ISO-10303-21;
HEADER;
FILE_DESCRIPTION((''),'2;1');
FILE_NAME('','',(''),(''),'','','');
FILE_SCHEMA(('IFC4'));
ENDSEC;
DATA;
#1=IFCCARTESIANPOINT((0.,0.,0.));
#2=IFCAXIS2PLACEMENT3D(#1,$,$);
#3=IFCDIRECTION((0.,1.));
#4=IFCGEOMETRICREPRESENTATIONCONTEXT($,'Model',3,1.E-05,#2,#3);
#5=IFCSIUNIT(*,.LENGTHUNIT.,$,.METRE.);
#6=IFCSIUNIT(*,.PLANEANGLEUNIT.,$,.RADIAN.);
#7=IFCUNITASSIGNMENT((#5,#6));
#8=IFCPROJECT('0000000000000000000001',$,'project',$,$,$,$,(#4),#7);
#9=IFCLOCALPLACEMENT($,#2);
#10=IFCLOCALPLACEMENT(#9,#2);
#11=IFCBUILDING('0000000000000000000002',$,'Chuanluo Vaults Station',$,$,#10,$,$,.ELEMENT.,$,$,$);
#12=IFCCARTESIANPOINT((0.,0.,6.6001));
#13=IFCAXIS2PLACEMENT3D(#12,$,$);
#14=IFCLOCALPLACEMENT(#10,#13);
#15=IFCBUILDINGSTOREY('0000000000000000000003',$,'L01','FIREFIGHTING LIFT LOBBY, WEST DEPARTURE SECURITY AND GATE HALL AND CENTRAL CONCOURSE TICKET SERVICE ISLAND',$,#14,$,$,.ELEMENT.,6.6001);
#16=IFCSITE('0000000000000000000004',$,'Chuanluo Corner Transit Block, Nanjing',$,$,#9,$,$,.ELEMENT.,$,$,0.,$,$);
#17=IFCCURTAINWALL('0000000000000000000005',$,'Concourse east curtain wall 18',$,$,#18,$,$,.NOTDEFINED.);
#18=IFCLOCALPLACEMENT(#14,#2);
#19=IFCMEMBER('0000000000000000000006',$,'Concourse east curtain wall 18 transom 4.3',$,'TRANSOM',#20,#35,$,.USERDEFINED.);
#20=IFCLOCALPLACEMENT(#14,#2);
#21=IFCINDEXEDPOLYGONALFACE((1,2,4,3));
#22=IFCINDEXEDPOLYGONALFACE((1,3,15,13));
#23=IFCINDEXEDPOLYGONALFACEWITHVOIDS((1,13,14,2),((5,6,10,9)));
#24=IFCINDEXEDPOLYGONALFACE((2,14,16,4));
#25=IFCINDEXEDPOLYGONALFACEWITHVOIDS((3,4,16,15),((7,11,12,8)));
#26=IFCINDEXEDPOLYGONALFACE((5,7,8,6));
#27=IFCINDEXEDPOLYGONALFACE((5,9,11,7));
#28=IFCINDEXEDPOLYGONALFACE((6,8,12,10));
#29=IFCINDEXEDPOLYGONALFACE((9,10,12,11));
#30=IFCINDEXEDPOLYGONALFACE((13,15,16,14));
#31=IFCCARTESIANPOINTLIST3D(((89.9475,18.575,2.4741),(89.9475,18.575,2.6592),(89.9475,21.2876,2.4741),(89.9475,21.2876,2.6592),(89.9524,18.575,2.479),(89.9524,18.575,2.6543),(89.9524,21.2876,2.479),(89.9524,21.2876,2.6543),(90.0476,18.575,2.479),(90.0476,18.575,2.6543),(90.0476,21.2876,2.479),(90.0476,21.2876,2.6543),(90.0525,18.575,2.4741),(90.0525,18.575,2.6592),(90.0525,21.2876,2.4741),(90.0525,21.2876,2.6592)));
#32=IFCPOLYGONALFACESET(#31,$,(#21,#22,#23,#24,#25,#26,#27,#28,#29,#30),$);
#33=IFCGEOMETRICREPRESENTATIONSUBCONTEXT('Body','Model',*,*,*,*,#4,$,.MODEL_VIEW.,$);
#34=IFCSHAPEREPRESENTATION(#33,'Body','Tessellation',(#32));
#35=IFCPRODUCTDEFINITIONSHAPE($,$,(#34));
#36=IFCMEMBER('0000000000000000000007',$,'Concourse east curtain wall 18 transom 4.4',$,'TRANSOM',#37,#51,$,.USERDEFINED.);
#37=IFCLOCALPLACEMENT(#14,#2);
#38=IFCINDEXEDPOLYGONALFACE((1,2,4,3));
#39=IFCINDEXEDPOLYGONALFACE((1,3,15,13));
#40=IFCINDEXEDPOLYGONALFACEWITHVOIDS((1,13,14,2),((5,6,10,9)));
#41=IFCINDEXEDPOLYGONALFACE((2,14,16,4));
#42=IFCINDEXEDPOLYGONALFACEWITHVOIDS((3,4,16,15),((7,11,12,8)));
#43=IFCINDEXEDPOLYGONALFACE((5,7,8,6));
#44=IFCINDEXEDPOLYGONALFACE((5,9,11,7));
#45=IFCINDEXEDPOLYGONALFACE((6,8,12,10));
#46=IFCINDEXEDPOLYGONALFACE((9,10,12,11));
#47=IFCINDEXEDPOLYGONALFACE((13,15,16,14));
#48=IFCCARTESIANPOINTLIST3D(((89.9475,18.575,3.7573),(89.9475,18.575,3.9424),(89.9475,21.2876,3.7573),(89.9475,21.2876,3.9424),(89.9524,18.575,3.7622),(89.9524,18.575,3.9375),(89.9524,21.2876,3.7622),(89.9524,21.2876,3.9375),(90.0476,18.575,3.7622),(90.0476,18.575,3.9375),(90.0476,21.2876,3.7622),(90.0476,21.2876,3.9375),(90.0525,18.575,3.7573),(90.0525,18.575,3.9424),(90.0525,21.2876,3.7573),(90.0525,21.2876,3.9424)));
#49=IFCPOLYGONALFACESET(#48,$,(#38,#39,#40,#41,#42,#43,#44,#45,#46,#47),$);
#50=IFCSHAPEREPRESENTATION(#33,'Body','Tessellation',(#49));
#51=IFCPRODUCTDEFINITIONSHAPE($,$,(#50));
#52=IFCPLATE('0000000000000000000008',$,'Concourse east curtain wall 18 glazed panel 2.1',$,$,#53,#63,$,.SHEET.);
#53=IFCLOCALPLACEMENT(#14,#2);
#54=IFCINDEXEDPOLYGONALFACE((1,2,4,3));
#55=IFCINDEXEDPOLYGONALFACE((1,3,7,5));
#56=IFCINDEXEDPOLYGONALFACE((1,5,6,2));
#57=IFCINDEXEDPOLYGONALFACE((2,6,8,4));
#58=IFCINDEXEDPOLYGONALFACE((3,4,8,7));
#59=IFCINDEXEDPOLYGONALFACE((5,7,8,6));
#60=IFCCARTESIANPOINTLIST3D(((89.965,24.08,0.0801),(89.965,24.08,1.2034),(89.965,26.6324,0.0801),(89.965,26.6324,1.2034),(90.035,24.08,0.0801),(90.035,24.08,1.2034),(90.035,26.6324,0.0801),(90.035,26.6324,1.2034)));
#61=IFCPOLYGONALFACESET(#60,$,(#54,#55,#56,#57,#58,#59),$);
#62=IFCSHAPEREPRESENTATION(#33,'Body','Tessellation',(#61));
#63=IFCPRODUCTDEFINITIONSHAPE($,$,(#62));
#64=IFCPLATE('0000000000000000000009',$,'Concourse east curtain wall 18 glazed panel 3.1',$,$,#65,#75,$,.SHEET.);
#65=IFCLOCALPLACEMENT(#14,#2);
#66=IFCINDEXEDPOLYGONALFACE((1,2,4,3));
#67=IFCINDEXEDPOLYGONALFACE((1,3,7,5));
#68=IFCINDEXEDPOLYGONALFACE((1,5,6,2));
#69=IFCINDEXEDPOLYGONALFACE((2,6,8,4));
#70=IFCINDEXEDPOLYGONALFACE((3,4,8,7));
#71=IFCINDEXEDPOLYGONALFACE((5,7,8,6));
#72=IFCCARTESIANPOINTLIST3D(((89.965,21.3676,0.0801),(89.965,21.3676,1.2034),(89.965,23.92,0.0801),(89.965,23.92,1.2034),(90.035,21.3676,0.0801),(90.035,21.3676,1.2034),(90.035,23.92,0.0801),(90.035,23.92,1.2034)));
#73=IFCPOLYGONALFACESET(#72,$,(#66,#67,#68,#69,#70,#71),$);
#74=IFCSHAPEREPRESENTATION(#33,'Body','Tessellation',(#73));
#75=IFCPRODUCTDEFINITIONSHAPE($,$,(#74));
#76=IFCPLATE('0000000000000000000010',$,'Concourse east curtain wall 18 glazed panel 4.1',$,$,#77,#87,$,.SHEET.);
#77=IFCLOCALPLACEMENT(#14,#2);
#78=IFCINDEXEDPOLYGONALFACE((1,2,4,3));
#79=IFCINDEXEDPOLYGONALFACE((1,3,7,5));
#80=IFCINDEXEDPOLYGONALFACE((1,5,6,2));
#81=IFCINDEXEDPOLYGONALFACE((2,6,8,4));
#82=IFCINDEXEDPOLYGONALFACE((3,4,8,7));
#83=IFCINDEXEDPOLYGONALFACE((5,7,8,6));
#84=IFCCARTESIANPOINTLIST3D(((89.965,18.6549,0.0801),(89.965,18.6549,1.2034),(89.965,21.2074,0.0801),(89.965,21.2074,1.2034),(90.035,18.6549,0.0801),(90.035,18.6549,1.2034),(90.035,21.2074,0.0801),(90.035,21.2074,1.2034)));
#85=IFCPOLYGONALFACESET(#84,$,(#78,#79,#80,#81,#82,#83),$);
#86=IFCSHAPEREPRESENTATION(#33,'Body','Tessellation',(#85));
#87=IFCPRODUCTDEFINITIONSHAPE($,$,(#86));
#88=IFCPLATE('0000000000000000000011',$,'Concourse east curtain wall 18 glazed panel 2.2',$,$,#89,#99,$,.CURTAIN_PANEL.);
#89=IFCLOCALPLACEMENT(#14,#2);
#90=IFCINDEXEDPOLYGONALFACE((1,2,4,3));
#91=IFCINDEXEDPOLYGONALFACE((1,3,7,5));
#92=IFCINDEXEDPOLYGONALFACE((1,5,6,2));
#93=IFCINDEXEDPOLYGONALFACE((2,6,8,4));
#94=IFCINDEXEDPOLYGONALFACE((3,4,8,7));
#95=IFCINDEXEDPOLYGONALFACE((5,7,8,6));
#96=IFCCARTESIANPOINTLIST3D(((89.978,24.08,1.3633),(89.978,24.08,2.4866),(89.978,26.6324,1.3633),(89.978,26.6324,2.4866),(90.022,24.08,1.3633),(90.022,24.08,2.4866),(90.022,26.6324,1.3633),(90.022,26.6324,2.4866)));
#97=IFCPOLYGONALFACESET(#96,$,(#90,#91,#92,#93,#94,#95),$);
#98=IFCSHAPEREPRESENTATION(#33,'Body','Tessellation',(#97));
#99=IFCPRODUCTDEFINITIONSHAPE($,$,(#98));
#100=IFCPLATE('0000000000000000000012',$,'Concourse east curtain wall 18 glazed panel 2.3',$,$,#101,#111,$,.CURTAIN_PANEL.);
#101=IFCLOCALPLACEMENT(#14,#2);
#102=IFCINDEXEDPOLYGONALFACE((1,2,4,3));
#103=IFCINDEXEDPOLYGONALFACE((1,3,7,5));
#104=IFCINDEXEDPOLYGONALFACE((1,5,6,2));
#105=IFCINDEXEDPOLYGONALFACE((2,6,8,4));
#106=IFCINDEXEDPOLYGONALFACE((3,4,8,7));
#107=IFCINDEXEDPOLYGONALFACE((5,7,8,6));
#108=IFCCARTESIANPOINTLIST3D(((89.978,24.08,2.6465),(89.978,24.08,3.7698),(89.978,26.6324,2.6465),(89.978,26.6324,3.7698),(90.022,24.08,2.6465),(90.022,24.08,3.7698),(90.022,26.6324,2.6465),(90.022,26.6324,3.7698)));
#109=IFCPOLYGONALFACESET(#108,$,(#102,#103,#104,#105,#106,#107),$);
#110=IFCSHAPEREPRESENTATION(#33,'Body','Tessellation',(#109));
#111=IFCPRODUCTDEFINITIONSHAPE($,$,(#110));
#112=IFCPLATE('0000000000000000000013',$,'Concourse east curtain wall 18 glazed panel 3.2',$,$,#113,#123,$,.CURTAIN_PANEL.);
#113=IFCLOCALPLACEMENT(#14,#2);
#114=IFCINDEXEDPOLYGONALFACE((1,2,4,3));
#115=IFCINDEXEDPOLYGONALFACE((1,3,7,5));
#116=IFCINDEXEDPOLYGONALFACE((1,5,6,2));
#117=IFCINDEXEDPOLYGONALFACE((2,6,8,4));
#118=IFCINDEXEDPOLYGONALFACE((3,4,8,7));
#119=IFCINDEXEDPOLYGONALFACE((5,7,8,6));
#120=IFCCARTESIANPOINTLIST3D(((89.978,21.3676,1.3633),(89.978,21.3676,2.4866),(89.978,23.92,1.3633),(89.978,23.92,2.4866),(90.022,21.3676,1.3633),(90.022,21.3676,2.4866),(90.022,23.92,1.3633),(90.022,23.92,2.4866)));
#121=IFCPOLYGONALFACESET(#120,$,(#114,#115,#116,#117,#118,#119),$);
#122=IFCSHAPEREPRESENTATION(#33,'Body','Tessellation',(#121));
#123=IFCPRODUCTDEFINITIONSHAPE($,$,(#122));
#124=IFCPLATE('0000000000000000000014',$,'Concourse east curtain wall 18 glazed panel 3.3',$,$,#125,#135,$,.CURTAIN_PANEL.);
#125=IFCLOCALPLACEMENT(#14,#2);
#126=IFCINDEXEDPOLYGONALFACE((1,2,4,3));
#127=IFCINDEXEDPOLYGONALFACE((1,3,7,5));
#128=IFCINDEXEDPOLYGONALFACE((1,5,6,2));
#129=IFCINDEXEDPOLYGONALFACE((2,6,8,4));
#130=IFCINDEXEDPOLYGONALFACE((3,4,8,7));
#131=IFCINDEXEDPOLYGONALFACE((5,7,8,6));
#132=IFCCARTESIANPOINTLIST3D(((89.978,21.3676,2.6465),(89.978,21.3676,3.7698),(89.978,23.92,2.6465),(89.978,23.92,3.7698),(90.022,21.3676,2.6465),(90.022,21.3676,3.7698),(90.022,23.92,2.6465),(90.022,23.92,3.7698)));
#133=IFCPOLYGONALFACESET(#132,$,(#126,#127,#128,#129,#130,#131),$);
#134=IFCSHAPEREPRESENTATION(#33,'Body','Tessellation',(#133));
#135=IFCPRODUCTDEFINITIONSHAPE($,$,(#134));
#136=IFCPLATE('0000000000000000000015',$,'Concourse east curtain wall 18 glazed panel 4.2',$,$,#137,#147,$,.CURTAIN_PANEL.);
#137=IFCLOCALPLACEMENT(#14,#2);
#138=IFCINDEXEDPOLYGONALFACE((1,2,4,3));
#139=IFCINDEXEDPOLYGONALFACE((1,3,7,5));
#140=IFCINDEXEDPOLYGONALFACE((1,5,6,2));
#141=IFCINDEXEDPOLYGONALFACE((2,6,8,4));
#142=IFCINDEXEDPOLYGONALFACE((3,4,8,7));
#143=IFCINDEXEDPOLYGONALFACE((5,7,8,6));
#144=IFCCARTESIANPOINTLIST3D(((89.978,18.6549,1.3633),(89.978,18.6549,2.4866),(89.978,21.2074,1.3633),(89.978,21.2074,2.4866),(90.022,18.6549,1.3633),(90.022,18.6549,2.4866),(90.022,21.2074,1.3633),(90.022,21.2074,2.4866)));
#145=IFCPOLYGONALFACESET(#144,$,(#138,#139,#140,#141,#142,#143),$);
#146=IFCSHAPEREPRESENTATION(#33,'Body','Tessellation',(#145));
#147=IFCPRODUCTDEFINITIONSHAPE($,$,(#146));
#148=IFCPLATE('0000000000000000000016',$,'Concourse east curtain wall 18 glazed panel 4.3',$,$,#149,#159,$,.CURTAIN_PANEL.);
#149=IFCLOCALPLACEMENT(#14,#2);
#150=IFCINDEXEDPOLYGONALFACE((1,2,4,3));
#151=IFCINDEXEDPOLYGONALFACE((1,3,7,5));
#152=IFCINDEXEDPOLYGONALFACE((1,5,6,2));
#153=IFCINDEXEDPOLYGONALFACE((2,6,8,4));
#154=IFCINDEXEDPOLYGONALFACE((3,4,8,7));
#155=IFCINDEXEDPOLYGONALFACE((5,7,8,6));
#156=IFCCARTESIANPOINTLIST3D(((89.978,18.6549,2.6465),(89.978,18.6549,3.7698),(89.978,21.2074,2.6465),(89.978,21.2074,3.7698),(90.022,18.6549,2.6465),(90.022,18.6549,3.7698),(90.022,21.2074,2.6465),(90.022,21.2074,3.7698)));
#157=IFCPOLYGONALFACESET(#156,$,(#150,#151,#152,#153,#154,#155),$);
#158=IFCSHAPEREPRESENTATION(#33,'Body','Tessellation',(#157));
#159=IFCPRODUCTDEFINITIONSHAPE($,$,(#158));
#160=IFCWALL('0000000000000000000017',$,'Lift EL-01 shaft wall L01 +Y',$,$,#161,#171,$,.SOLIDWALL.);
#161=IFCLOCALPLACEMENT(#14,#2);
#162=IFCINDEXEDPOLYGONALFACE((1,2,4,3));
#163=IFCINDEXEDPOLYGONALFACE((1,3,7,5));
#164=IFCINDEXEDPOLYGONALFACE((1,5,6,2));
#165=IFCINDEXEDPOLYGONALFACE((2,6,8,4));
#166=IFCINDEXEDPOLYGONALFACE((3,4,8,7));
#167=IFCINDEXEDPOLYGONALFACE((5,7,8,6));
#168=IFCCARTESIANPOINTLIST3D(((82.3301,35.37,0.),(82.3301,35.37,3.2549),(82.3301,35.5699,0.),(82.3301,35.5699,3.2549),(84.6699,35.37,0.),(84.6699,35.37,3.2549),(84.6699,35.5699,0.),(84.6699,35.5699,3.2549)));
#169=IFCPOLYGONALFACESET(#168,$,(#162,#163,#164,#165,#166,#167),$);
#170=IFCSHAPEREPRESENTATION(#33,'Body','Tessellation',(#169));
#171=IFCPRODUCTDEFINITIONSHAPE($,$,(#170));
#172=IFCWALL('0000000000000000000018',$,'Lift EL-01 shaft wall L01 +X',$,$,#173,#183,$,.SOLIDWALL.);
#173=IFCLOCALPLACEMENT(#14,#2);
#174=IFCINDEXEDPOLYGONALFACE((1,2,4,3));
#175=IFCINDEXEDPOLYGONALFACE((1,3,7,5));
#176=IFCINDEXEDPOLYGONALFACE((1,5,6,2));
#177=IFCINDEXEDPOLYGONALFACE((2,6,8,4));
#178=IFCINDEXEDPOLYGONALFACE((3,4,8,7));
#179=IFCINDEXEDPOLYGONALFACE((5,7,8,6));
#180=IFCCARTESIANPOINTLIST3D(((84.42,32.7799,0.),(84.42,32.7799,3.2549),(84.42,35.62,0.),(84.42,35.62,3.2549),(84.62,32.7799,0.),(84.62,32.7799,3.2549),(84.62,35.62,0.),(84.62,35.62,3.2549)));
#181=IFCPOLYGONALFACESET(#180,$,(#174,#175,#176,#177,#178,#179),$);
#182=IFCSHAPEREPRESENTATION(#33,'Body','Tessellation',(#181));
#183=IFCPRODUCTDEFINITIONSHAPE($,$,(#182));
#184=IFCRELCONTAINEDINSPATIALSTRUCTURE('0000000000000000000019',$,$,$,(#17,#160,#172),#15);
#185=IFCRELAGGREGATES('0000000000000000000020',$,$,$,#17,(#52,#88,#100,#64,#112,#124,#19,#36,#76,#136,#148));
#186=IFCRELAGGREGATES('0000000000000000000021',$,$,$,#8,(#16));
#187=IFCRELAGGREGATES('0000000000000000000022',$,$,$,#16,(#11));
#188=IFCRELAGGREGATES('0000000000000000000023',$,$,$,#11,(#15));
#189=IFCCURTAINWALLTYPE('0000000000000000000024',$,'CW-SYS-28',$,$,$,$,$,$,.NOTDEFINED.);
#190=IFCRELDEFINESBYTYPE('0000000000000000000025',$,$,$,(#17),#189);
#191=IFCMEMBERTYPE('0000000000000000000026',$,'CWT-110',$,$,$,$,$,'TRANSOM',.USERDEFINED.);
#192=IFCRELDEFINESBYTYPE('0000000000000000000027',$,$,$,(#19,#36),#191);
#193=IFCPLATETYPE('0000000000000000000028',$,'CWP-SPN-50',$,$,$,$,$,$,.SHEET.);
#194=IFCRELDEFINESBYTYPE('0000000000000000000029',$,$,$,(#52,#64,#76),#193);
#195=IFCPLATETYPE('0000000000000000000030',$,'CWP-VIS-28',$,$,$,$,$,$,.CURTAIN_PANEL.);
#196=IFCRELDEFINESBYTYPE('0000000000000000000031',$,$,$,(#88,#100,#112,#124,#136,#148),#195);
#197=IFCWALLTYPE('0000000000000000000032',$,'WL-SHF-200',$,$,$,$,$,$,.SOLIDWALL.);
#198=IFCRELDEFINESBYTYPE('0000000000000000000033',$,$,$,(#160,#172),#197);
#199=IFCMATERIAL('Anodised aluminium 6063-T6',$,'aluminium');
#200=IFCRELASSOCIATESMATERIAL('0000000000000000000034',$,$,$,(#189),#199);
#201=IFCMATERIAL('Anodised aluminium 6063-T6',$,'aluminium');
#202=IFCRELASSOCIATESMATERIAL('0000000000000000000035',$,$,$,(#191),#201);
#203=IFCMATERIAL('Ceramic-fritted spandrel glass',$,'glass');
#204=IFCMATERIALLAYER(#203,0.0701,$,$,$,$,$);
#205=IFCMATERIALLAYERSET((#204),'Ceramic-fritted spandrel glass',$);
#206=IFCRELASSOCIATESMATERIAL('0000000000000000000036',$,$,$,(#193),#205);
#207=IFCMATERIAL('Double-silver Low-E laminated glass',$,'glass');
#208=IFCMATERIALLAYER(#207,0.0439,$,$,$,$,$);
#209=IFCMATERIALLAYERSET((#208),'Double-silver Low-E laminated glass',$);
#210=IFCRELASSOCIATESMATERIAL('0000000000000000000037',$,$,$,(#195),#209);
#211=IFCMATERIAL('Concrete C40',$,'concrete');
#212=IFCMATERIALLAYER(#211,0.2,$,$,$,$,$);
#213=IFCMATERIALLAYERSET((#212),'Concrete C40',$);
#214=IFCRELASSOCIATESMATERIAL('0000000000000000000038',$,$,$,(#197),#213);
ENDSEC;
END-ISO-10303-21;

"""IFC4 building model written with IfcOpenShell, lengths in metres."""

from ifc_helpers import new_model, si_unit, direction, frame, frame_2d, origin, origin_2d, place, context, subcontext, project, spatial, rectangle, hollow_rectangle, extrude, material, layer, layer_set, material_profile, profile_set, type_object, element, aggregate, save


model = new_model("IFC4")

# Units and contexts
model_context = context("Model", 3, precision=1e-05, world=origin(), true_north=direction((0.0, 1.0)))
body_context = subcontext(model_context, "Body", "Model", "MODEL_VIEW")
ifc_project = project(units=[si_unit("LENGTHUNIT", "METRE"), si_unit("PLANEANGLEUNIT", "RADIAN")], contexts=[model_context])

# Site, building, storey
site_placement = place(None, origin())
site = spatial("IfcSite", under=ifc_project, at=site_placement, Name="Chuanluo Corner Transit Block, Nanjing", CompositionType="ELEMENT", RefElevation=0.0)
building_placement = place(site_placement, origin())
building = spatial("IfcBuilding", under=site, at=building_placement, Name="Chuanluo Vaults Station", CompositionType="ELEMENT")
storey_placement = place(building_placement, frame((0.0, 0.0, 6.6001)))
storey = spatial("IfcBuildingStorey", under=building, at=storey_placement, Name="L01", Description="FIREFIGHTING LIFT LOBBY, WEST DEPARTURE SECURITY AND GATE HALL AND CENTRAL CONCOURSE TICKET SERVICE ISLAND", CompositionType="ELEMENT", Elevation=6.6001)

# Curtain wall, members, plates
ifc_material_1 = material(Name="Anodised aluminium 6063-T6", Category="aluminium")
curtain_wall_type = type_object("IfcCurtainWallType", Name="CW-SYS-28", PredefinedType="NOTDEFINED", material=ifc_material_1)
curtain_wall_placement = place(storey_placement, origin())
curtain_wall = element("IfcCurtainWall", 1, at=curtain_wall_placement, inside=storey, type_object=curtain_wall_type, Name="Concourse east curtain wall 18", PredefinedType="NOTDEFINED")
ifc_material_2 = material(Name="Anodised aluminium 6063-T6", Category="aluminium")
ifc_material_profile_1 = material_profile(ifc_material_2, hollow_rectangle(XDim=0.105, YDim=0.1851, WallThickness=0.0049, at=origin_2d()))
ifc_profile_set_1 = profile_set([ifc_material_profile_1], Name="Anodised aluminium 6063-T6")
member_type_1 = type_object("IfcMemberType", Name="CWT-110", ElementType="TRANSOM", PredefinedType="USERDEFINED", material=ifc_profile_set_1)
member_1_placement = place(storey_placement, frame((90.0, 21.2876, 2.5667), z_axis=(0.0, -1.0, 0.0), x_axis=(1.0, 0.0, 0.0)))
member_1 = element("IfcMember", 2, at=member_1_placement, type_object=member_type_1, Name="Concourse east curtain wall 18 transom 4.3", ObjectType="TRANSOM", PredefinedType="USERDEFINED", context=body_context, shape_type="SweptSolid", body=[
    extrude(hollow_rectangle(XDim=0.105, YDim=0.1851, WallThickness=0.0049, at=origin_2d()), origin(), (0.0, 0.0, 1.0), 2.7126),
])
member_2_placement = place(storey_placement, frame((90.0, 21.2876, 3.8499), z_axis=(0.0, -1.0, 0.0), x_axis=(1.0, 0.0, 0.0)))
member_2 = element("IfcMember", 3, at=member_2_placement, type_object=member_type_1, Name="Concourse east curtain wall 18 transom 4.4", ObjectType="TRANSOM", PredefinedType="USERDEFINED", context=body_context, shape_type="SweptSolid", body=[
    extrude(hollow_rectangle(XDim=0.105, YDim=0.1851, WallThickness=0.0049, at=origin_2d()), origin(), (0.0, 0.0, 1.0), 2.7126),
])
ifc_material_3 = material(Name="Ceramic-fritted spandrel glass", Category="glass")
ifc_layer_1 = layer(ifc_material_3, 0.0701)
ifc_layer_set_1 = layer_set([ifc_layer_1], Name="Ceramic-fritted spandrel glass")
plate_type_1 = type_object("IfcPlateType", Name="CWP-SPN-50", PredefinedType="SHEET", material=ifc_layer_set_1)
plate_1_placement = place(storey_placement, frame((90.0, 25.3562, 0.0801), z_axis=(0.0, 0.0, 1.0), x_axis=(0.0, -1.0, 0.0)))
plate_1 = element("IfcPlate", 4, at=plate_1_placement, type_object=plate_type_1, Name="Concourse east curtain wall 18 glazed panel 2.1", PredefinedType="SHEET", context=body_context, shape_type="SweptSolid", body=[
    extrude(rectangle(XDim=2.5525, YDim=0.0701, at=origin_2d()), origin(), (0.0, 0.0, 1.0), 1.1233),
])
plate_2_placement = place(storey_placement, frame((90.0, 22.6438, 0.0801), z_axis=(0.0, 0.0, 1.0), x_axis=(0.0, -1.0, 0.0)))
plate_2 = element("IfcPlate", 5, at=plate_2_placement, type_object=plate_type_1, Name="Concourse east curtain wall 18 glazed panel 3.1", PredefinedType="SHEET", context=body_context, shape_type="SweptSolid", body=[
    extrude(rectangle(XDim=2.5525, YDim=0.0701, at=origin_2d()), origin(), (0.0, 0.0, 1.0), 1.1233),
])
plate_3_placement = place(storey_placement, frame((90.0, 19.9312, 0.0801), z_axis=(0.0, 0.0, 1.0), x_axis=(0.0, -1.0, 0.0)))
plate_3 = element("IfcPlate", 6, at=plate_3_placement, type_object=plate_type_1, Name="Concourse east curtain wall 18 glazed panel 4.1", PredefinedType="SHEET", context=body_context, shape_type="SweptSolid", body=[
    extrude(rectangle(XDim=2.5525, YDim=0.0701, at=origin_2d()), origin(), (0.0, 0.0, 1.0), 1.1233),
])
ifc_material_4 = material(Name="Double-silver Low-E laminated glass", Category="glass")
ifc_layer_2 = layer(ifc_material_4, 0.0439)
ifc_layer_set_2 = layer_set([ifc_layer_2], Name="Double-silver Low-E laminated glass")
plate_type_2 = type_object("IfcPlateType", Name="CWP-VIS-28", PredefinedType="CURTAIN_PANEL", material=ifc_layer_set_2)
plate_4_placement = place(storey_placement, frame((90.0, 25.3562, 1.3633), z_axis=(0.0, 0.0, 1.0), x_axis=(0.0, -1.0, 0.0)))
plate_4 = element("IfcPlate", 7, at=plate_4_placement, type_object=plate_type_2, Name="Concourse east curtain wall 18 glazed panel 2.2", PredefinedType="CURTAIN_PANEL", context=body_context, shape_type="SweptSolid", body=[
    extrude(rectangle(XDim=2.5525, YDim=0.0439, at=origin_2d()), origin(), (0.0, 0.0, 1.0), 1.1233),
])
plate_5_placement = place(storey_placement, frame((90.0, 25.3562, 2.6465), z_axis=(0.0, 0.0, 1.0), x_axis=(0.0, -1.0, 0.0)))
plate_5 = element("IfcPlate", 8, at=plate_5_placement, type_object=plate_type_2, Name="Concourse east curtain wall 18 glazed panel 2.3", PredefinedType="CURTAIN_PANEL", context=body_context, shape_type="SweptSolid", body=[
    extrude(rectangle(XDim=2.5525, YDim=0.0439, at=origin_2d()), origin(), (0.0, 0.0, 1.0), 1.1233),
])
plate_6_placement = place(storey_placement, frame((90.0, 22.6438, 1.3633), z_axis=(0.0, 0.0, 1.0), x_axis=(0.0, -1.0, 0.0)))
plate_6 = element("IfcPlate", 9, at=plate_6_placement, type_object=plate_type_2, Name="Concourse east curtain wall 18 glazed panel 3.2", PredefinedType="CURTAIN_PANEL", context=body_context, shape_type="SweptSolid", body=[
    extrude(rectangle(XDim=2.5525, YDim=0.0439, at=origin_2d()), origin(), (0.0, 0.0, 1.0), 1.1233),
])
plate_7_placement = place(storey_placement, frame((90.0, 22.6438, 2.6465), z_axis=(0.0, 0.0, 1.0), x_axis=(0.0, -1.0, 0.0)))
plate_7 = element("IfcPlate", 10, at=plate_7_placement, type_object=plate_type_2, Name="Concourse east curtain wall 18 glazed panel 3.3", PredefinedType="CURTAIN_PANEL", context=body_context, shape_type="SweptSolid", body=[
    extrude(rectangle(XDim=2.5525, YDim=0.0439, at=origin_2d()), origin(), (0.0, 0.0, 1.0), 1.1233),
])
plate_8_placement = place(storey_placement, frame((90.0, 19.9312, 1.3633), z_axis=(0.0, 0.0, 1.0), x_axis=(0.0, -1.0, 0.0)))
plate_8 = element("IfcPlate", 11, at=plate_8_placement, type_object=plate_type_2, Name="Concourse east curtain wall 18 glazed panel 4.2", PredefinedType="CURTAIN_PANEL", context=body_context, shape_type="SweptSolid", body=[
    extrude(rectangle(XDim=2.5525, YDim=0.0439, at=origin_2d()), origin(), (0.0, 0.0, 1.0), 1.1233),
])
plate_9_placement = place(storey_placement, frame((90.0, 19.9312, 2.6465), z_axis=(0.0, 0.0, 1.0), x_axis=(0.0, -1.0, 0.0)))
plate_9 = element("IfcPlate", 12, at=plate_9_placement, type_object=plate_type_2, Name="Concourse east curtain wall 18 glazed panel 4.3", PredefinedType="CURTAIN_PANEL", context=body_context, shape_type="SweptSolid", body=[
    extrude(rectangle(XDim=2.5525, YDim=0.0439, at=origin_2d()), origin(), (0.0, 0.0, 1.0), 1.1233),
])
aggregate(curtain_wall, [plate_1, plate_4, plate_5, plate_2, plate_6, plate_7, member_1, member_2, plate_3, plate_8, plate_9])

# Wall
ifc_material_5 = material(Name="Concrete C40", Category="concrete")
ifc_layer_3 = layer(ifc_material_5, 0.2)
ifc_layer_set_3 = layer_set([ifc_layer_3], Name="Concrete C40")
wall_type = type_object("IfcWallType", Name="WL-SHF-200", PredefinedType="SOLIDWALL", material=ifc_layer_set_3)
wall_1_placement = place(storey_placement, frame((84.6699, 35.47, 0.0), z_axis=(0.0, 0.0, 1.0), x_axis=(-1.0, 0.0, 0.0)))
element("IfcWall", 13, at=wall_1_placement, inside=storey, type_object=wall_type, Name="Lift EL-01 shaft wall L01 +Y", PredefinedType="SOLIDWALL", context=body_context, shape_type="SweptSolid", body=[
    extrude(rectangle(XDim=2.3398, YDim=0.2, at=frame_2d((1.1699, 0.0))), origin(), (0.0, 0.0, 1.0), 3.2549),
])

# Wall
wall_2_placement = place(storey_placement, frame((84.52, 32.78, 0.0), z_axis=(0.0, 0.0, 1.0), x_axis=(0.0, 1.0, 0.0)))
element("IfcWall", 14, at=wall_2_placement, inside=storey, type_object=wall_type, Name="Lift EL-01 shaft wall L01 +X", PredefinedType="SOLIDWALL", context=body_context, shape_type="SweptSolid", body=[
    extrude(rectangle(XDim=2.8401, YDim=0.2, at=frame_2d((1.4199, 0.0))), origin(), (0.0, 0.0, 1.0), 3.2549),
])

save(model, "model.ifc")
